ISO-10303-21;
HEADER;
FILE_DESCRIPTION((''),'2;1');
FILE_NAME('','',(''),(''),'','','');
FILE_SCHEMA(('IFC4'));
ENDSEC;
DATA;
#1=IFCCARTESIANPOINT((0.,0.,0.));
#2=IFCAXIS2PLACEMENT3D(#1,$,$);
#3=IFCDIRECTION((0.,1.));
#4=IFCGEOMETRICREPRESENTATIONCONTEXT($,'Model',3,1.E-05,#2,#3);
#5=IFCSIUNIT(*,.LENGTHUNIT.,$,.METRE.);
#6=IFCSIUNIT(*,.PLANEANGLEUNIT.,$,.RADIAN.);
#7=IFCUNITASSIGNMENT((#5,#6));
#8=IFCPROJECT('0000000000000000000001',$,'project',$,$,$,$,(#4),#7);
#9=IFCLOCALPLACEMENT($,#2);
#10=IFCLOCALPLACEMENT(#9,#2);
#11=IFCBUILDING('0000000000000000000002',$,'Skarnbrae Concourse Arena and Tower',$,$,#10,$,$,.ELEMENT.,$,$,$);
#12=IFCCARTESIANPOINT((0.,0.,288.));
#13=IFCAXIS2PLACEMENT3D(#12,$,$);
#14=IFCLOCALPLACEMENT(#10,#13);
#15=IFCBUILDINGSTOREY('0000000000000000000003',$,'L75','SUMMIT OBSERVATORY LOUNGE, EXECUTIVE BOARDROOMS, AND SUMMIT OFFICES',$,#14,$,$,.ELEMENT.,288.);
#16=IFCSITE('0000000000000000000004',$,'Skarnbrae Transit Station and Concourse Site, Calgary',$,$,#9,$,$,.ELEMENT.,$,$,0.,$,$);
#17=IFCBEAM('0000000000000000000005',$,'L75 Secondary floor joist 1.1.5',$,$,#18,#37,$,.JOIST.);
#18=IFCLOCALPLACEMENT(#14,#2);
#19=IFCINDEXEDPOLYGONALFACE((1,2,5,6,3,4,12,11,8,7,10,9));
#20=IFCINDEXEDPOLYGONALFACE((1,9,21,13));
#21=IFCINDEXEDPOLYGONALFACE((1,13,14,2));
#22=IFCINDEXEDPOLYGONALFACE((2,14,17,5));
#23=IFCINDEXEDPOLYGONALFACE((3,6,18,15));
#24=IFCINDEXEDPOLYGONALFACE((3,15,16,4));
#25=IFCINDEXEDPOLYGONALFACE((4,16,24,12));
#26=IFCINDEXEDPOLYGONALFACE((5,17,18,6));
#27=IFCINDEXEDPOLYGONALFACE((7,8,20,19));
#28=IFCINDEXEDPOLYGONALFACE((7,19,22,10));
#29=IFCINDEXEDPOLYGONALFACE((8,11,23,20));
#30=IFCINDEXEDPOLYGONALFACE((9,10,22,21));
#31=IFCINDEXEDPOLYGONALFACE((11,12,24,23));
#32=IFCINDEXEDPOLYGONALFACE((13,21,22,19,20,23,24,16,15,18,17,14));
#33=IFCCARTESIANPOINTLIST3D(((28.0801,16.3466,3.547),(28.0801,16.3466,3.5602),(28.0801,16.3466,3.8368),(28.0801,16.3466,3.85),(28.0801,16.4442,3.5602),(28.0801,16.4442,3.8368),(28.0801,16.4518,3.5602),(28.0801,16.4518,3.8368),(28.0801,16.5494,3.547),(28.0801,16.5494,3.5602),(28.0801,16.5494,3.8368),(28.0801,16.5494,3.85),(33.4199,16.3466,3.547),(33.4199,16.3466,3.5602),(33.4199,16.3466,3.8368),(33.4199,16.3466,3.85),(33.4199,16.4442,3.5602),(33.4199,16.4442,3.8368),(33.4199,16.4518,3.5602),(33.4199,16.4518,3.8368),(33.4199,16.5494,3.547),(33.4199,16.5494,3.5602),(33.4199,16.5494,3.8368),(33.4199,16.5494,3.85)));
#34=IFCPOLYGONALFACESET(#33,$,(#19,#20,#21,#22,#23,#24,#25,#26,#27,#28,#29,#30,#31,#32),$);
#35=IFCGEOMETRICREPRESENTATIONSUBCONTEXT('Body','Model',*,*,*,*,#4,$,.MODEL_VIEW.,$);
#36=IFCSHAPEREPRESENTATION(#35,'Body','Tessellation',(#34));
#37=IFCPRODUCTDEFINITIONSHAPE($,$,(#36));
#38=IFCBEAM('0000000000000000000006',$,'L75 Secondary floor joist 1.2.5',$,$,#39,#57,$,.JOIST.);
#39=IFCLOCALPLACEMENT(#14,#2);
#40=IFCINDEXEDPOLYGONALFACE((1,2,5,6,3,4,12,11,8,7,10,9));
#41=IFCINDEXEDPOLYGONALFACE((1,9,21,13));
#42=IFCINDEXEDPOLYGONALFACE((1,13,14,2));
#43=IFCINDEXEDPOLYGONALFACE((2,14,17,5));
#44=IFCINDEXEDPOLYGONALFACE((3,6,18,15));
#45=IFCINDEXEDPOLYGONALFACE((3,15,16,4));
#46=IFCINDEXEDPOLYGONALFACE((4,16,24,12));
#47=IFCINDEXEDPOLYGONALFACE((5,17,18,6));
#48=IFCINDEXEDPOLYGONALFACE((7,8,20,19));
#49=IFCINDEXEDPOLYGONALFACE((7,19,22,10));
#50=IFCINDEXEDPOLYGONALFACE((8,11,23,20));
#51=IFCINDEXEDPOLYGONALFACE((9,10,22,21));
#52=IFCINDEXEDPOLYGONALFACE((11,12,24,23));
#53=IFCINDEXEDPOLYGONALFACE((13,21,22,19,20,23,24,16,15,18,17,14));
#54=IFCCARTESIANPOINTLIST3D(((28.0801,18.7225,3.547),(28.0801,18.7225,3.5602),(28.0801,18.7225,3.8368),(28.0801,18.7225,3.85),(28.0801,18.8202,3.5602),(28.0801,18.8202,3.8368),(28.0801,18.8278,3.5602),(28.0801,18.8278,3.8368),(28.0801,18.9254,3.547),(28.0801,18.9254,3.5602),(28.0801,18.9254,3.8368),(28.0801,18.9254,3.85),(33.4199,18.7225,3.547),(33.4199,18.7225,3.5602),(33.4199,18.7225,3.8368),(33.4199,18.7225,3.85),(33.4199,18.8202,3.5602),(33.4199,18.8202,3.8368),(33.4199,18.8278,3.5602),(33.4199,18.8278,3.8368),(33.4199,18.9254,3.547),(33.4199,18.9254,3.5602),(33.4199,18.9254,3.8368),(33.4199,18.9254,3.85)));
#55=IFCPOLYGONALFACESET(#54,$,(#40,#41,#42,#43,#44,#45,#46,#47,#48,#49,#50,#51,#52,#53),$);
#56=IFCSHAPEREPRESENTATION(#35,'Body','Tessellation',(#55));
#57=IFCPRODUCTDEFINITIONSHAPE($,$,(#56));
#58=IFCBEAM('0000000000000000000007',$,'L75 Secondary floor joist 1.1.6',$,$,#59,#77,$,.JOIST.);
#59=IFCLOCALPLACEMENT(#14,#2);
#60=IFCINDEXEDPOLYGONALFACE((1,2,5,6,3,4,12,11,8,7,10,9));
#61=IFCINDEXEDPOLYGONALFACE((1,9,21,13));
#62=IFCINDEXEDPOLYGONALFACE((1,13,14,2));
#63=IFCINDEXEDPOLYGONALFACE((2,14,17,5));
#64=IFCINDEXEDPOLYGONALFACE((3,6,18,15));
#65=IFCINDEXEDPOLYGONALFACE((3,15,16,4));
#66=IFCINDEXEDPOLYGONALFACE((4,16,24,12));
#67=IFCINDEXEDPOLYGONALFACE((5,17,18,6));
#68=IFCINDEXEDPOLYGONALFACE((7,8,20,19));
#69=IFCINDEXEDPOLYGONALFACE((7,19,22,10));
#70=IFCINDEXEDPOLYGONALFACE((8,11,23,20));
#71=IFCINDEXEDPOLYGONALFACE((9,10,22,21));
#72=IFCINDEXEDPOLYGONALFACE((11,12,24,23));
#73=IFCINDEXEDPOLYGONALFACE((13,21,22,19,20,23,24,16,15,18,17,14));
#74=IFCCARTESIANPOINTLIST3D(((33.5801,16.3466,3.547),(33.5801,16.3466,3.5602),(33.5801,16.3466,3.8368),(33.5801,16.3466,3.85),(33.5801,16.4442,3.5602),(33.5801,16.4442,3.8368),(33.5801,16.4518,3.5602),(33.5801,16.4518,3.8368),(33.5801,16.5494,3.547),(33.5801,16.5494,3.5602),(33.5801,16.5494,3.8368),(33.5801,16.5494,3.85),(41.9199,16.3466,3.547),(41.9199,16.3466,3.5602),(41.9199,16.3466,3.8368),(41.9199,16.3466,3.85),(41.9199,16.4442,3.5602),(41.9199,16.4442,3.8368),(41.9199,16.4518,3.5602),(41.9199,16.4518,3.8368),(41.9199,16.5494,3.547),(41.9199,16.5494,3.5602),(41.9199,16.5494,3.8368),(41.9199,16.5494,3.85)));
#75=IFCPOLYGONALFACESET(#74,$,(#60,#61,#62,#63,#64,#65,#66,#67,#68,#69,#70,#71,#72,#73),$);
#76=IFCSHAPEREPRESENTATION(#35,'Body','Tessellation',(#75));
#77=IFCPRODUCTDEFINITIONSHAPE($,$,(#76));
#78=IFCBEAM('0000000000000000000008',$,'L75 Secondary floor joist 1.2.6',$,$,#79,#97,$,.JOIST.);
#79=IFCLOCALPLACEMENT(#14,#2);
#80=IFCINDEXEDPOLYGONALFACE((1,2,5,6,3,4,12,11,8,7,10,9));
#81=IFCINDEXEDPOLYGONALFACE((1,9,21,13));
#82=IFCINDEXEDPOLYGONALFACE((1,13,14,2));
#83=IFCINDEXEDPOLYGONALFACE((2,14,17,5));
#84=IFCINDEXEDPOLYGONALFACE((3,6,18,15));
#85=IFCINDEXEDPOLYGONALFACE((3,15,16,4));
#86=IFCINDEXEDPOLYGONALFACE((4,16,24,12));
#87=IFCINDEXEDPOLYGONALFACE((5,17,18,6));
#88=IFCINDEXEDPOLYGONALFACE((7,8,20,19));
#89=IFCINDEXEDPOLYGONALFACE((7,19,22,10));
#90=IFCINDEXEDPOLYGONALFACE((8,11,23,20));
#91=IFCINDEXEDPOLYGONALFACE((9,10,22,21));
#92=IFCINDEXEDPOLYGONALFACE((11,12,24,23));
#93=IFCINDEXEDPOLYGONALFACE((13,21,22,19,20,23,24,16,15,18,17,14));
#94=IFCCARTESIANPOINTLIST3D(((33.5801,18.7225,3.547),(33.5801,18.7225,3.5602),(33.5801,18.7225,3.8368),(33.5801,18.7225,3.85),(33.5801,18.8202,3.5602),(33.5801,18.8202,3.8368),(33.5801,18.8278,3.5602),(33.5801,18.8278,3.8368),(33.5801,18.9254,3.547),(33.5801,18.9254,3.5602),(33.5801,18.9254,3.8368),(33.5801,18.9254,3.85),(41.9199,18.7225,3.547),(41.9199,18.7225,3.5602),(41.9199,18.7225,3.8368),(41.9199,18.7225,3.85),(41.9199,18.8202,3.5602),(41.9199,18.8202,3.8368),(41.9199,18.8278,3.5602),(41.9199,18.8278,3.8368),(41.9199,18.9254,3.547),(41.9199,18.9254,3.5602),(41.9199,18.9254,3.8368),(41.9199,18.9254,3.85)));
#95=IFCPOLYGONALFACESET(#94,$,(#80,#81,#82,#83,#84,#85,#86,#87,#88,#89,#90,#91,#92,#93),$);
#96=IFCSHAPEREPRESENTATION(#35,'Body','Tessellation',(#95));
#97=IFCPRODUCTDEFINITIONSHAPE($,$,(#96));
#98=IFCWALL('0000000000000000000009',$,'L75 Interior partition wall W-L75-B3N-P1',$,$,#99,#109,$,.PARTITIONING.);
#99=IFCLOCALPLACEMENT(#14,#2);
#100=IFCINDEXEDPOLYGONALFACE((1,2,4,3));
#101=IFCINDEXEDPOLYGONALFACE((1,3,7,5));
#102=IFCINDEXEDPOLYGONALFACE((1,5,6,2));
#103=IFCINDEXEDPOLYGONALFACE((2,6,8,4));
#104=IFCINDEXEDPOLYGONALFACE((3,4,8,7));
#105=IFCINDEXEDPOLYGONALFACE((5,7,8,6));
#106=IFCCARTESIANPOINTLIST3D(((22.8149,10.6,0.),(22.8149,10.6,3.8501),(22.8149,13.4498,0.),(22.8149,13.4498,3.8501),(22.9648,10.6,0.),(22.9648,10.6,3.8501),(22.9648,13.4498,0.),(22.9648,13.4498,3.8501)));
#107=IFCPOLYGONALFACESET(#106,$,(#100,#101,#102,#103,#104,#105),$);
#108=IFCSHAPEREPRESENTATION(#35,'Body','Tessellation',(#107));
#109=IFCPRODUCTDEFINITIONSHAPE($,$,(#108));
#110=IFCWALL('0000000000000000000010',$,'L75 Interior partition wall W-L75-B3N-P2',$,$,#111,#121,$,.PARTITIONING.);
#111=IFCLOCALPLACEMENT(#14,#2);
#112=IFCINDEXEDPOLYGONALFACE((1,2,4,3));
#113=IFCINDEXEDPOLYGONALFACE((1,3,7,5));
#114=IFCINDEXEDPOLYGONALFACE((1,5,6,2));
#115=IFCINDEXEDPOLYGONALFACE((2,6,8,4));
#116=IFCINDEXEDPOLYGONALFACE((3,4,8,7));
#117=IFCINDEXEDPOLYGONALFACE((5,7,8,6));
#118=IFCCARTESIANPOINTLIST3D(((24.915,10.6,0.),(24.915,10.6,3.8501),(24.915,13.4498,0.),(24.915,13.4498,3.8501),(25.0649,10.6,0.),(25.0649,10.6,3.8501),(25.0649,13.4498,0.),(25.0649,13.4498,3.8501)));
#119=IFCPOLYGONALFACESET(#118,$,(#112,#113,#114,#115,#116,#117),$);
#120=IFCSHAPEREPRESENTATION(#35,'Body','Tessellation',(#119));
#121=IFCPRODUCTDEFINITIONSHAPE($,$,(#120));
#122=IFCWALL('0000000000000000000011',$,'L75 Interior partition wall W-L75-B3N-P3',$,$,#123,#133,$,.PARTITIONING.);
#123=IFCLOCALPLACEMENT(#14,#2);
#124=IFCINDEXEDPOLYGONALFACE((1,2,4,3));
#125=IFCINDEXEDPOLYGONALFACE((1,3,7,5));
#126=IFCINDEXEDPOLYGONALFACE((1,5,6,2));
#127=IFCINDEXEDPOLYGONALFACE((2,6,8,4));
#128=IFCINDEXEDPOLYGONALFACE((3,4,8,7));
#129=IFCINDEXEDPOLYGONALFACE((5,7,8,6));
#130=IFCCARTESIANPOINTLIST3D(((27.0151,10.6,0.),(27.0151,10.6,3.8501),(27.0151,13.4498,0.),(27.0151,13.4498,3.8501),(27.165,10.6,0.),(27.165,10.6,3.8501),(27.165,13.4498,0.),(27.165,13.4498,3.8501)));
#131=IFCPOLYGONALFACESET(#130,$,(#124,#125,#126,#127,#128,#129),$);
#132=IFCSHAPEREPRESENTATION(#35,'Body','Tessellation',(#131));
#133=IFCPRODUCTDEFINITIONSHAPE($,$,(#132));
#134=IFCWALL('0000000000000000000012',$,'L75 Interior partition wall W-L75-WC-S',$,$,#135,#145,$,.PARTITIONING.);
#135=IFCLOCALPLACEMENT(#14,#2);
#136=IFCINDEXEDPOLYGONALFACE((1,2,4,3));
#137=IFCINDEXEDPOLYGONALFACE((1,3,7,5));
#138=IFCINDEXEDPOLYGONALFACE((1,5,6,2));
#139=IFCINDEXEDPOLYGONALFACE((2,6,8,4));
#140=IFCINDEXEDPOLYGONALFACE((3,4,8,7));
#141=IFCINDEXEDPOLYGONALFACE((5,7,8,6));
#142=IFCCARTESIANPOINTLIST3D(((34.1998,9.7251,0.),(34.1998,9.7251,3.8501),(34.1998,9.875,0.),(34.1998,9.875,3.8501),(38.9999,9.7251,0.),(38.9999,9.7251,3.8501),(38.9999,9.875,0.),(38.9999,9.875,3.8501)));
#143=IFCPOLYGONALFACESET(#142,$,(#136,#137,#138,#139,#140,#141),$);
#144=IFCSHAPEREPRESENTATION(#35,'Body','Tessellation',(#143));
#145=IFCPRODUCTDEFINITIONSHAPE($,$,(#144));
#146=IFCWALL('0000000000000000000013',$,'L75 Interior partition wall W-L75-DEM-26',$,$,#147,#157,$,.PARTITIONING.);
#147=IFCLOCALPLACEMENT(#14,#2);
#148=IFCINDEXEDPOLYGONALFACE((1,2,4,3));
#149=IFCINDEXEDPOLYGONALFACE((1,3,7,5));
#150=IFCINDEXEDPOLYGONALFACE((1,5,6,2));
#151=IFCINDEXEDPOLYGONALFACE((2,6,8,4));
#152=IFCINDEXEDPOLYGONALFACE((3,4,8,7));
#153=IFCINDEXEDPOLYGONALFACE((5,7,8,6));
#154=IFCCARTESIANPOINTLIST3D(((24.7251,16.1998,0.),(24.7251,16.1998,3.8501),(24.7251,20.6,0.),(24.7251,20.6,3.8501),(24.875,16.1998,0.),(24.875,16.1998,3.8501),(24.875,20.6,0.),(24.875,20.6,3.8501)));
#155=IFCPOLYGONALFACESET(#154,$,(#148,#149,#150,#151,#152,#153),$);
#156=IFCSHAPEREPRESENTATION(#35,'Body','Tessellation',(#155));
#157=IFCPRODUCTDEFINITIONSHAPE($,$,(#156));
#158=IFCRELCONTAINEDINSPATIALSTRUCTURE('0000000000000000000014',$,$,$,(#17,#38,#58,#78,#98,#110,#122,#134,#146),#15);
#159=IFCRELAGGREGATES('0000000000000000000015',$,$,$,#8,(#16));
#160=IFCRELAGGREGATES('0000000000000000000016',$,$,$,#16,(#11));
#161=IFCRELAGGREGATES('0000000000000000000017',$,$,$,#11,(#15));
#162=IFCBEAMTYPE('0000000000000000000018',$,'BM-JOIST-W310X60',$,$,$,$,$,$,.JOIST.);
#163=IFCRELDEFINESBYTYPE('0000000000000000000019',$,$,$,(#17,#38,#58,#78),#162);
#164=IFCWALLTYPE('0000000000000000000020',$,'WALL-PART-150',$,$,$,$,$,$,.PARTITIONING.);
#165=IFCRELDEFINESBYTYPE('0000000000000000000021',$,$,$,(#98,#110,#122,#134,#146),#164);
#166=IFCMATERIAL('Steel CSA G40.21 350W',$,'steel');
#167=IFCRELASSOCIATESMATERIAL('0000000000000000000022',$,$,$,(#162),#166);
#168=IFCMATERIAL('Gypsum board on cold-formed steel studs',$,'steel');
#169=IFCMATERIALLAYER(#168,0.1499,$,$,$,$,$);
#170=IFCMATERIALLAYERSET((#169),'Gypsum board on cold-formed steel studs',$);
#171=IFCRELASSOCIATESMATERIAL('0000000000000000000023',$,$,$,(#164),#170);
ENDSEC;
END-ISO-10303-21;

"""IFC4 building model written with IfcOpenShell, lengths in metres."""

from ifc_helpers import new_model, si_unit, direction, frame, frame_2d, origin, origin_2d, place, context, subcontext, project, spatial, rectangle, i_section, extrude, source, transform, mapped, material, layer, layer_set, material_profile, profile_set, type_object, element, save


model = new_model("IFC4")

# Units and contexts
model_context = context("Model", 3, precision=1e-05, world=origin(), true_north=direction((0.0, 1.0)))
body_context = subcontext(model_context, "Body", "Model", "MODEL_VIEW")
ifc_project = project(units=[si_unit("LENGTHUNIT", "METRE"), si_unit("PLANEANGLEUNIT", "RADIAN")], contexts=[model_context])

# Site, building, storey
site_placement = place(None, origin())
site = spatial("IfcSite", under=ifc_project, at=site_placement, Name="Skarnbrae Transit Station and Concourse Site, Calgary", CompositionType="ELEMENT", RefElevation=0.0)
building_placement = place(site_placement, origin())
building = spatial("IfcBuilding", under=site, at=building_placement, Name="Skarnbrae Concourse Arena and Tower", CompositionType="ELEMENT")
storey_placement = place(building_placement, frame((0.0, 0.0, 288.0)))
storey = spatial("IfcBuildingStorey", under=building, at=storey_placement, Name="L75", Description="SUMMIT OBSERVATORY LOUNGE, EXECUTIVE BOARDROOMS, AND SUMMIT OFFICES", CompositionType="ELEMENT", Elevation=288.0)

# Shared definitions
ifc_material_1 = material(Name="Steel CSA G40.21 350W", Category="steel")

# Beams
ifc_material_profile_1 = material_profile(ifc_material_1, i_section(OverallWidth=0.2029, OverallDepth=0.303, WebThickness=0.0076, FlangeThickness=0.0132, at=origin_2d()), Name="W310X60")
ifc_profile_set_1 = profile_set([ifc_material_profile_1], Name="Steel CSA G40.21 350W")
beam_type_1 = type_object("IfcBeamType", Name="BM-JOIST-W310X60", PredefinedType="JOIST", material=ifc_profile_set_1)
shared_shape_1 = source(origin(), body_context, "Body", "SweptSolid", [
    extrude(i_section(OverallWidth=0.2029, OverallDepth=0.303, WebThickness=0.0076, FlangeThickness=0.0132, at=origin_2d()), origin(), (0.0, 0.0, 1.0), 5.3398),
])
for number, where, z_axis, x_axis, name in (
    (1, (28.0801, 16.448, 3.6985), (1.0, 0.0, 0.0), (0.0, 1.0, 0.0), "L75 Secondary floor joist 1.1.5"),
    (2, (28.0801, 18.824, 3.6985), (1.0, 0.0, 0.0), (0.0, 1.0, 0.0), "L75 Secondary floor joist 1.2.5"),
):
    element("IfcBeam", number, at=place(storey_placement, frame(where, z_axis=z_axis, x_axis=x_axis)), inside=storey, type_object=beam_type_1, Name=name, PredefinedType="JOIST", context=body_context, shape_type="MappedRepresentation", body=[
        mapped(shared_shape_1, transform((0.0, 0.0, 0.0))),
    ])
shared_shape_2 = source(origin(), body_context, "Body", "SweptSolid", [
    extrude(i_section(OverallWidth=0.2029, OverallDepth=0.303, WebThickness=0.0076, FlangeThickness=0.0132, at=origin_2d()), origin(), (0.0, 0.0, 1.0), 8.3398),
])
for number, where, z_axis, x_axis, name in (
    (3, (33.5801, 16.448, 3.6985), (1.0, 0.0, 0.0), (0.0, 1.0, 0.0), "L75 Secondary floor joist 1.1.6"),
    (4, (33.5801, 18.824, 3.6985), (1.0, 0.0, 0.0), (0.0, 1.0, 0.0), "L75 Secondary floor joist 1.2.6"),
):
    element("IfcBeam", number, at=place(storey_placement, frame(where, z_axis=z_axis, x_axis=x_axis)), inside=storey, type_object=beam_type_1, Name=name, PredefinedType="JOIST", context=body_context, shape_type="MappedRepresentation", body=[
        mapped(shared_shape_2, transform((0.0, 0.0, 0.0))),
    ])

# Walls
ifc_material_2 = material(Name="Gypsum board on cold-formed steel studs", Category="steel")
ifc_layer_1 = layer(ifc_material_2, 0.1499)
ifc_layer_set_1 = layer_set([ifc_layer_1], Name="Gypsum board on cold-formed steel studs")
wall_type_1 = type_object("IfcWallType", Name="WALL-PART-150", PredefinedType="PARTITIONING", material=ifc_layer_set_1)
shared_shape_3 = source(origin(), body_context, "Body", "SweptSolid", [
    extrude(rectangle(XDim=2.8499, YDim=0.1499, at=frame_2d((1.4248, 0.0))), origin(), (0.0, 0.0, 1.0), 3.8501),
])
for number, where, z_axis, x_axis, name in (
    (5, (22.8899, 10.6001, 0.0), (0.0, 0.0, 1.0), (0.0, 1.0, 0.0), "L75 Interior partition wall W-L75-B3N-P1"),
    (6, (24.99, 10.6001, 0.0), (0.0, 0.0, 1.0), (0.0, 1.0, 0.0), "L75 Interior partition wall W-L75-B3N-P2"),
    (7, (27.0901, 10.6001, 0.0), (0.0, 0.0, 1.0), (0.0, 1.0, 0.0), "L75 Interior partition wall W-L75-B3N-P3"),
):
    element("IfcWall", number, at=place(storey_placement, frame(where, z_axis=z_axis, x_axis=x_axis)), inside=storey, type_object=wall_type_1, Name=name, PredefinedType="PARTITIONING", context=body_context, shape_type="MappedRepresentation", body=[
        mapped(shared_shape_3, transform((0.0, 0.0, 0.0))),
    ])
shared_shape_4 = source(origin(), body_context, "Body", "SweptSolid", [
    extrude(rectangle(XDim=4.8, YDim=0.1499, at=frame_2d((2.3999, 0.0))), origin(), (0.0, 0.0, 1.0), 3.8501),
])
wall_1_placement = place(storey_placement, frame((34.2, 9.8, 0.0), z_axis=(0.0, 0.0, 1.0), x_axis=(1.0, 0.0, 0.0)))
element("IfcWall", 8, at=wall_1_placement, inside=storey, type_object=wall_type_1, Name="L75 Interior partition wall W-L75-WC-S", PredefinedType="PARTITIONING", context=body_context, shape_type="MappedRepresentation", body=[
    mapped(shared_shape_4, transform((0.0, 0.0, 0.0))),
])
shared_shape_5 = source(origin(), body_context, "Body", "SweptSolid", [
    extrude(rectangle(XDim=4.4001, YDim=0.1499, at=frame_2d((2.2002, 0.0))), origin(), (0.0, 0.0, 1.0), 3.8501),
])
wall_2_placement = place(storey_placement, frame((24.8, 20.6001, 0.0), z_axis=(0.0, 0.0, 1.0), x_axis=(0.0, -1.0, 0.0)))
element("IfcWall", 9, at=wall_2_placement, inside=storey, type_object=wall_type_1, Name="L75 Interior partition wall W-L75-DEM-26", PredefinedType="PARTITIONING", context=body_context, shape_type="MappedRepresentation", body=[
    mapped(shared_shape_5, transform((0.0, 0.0, 0.0))),
])

save(model, "model.ifc")
